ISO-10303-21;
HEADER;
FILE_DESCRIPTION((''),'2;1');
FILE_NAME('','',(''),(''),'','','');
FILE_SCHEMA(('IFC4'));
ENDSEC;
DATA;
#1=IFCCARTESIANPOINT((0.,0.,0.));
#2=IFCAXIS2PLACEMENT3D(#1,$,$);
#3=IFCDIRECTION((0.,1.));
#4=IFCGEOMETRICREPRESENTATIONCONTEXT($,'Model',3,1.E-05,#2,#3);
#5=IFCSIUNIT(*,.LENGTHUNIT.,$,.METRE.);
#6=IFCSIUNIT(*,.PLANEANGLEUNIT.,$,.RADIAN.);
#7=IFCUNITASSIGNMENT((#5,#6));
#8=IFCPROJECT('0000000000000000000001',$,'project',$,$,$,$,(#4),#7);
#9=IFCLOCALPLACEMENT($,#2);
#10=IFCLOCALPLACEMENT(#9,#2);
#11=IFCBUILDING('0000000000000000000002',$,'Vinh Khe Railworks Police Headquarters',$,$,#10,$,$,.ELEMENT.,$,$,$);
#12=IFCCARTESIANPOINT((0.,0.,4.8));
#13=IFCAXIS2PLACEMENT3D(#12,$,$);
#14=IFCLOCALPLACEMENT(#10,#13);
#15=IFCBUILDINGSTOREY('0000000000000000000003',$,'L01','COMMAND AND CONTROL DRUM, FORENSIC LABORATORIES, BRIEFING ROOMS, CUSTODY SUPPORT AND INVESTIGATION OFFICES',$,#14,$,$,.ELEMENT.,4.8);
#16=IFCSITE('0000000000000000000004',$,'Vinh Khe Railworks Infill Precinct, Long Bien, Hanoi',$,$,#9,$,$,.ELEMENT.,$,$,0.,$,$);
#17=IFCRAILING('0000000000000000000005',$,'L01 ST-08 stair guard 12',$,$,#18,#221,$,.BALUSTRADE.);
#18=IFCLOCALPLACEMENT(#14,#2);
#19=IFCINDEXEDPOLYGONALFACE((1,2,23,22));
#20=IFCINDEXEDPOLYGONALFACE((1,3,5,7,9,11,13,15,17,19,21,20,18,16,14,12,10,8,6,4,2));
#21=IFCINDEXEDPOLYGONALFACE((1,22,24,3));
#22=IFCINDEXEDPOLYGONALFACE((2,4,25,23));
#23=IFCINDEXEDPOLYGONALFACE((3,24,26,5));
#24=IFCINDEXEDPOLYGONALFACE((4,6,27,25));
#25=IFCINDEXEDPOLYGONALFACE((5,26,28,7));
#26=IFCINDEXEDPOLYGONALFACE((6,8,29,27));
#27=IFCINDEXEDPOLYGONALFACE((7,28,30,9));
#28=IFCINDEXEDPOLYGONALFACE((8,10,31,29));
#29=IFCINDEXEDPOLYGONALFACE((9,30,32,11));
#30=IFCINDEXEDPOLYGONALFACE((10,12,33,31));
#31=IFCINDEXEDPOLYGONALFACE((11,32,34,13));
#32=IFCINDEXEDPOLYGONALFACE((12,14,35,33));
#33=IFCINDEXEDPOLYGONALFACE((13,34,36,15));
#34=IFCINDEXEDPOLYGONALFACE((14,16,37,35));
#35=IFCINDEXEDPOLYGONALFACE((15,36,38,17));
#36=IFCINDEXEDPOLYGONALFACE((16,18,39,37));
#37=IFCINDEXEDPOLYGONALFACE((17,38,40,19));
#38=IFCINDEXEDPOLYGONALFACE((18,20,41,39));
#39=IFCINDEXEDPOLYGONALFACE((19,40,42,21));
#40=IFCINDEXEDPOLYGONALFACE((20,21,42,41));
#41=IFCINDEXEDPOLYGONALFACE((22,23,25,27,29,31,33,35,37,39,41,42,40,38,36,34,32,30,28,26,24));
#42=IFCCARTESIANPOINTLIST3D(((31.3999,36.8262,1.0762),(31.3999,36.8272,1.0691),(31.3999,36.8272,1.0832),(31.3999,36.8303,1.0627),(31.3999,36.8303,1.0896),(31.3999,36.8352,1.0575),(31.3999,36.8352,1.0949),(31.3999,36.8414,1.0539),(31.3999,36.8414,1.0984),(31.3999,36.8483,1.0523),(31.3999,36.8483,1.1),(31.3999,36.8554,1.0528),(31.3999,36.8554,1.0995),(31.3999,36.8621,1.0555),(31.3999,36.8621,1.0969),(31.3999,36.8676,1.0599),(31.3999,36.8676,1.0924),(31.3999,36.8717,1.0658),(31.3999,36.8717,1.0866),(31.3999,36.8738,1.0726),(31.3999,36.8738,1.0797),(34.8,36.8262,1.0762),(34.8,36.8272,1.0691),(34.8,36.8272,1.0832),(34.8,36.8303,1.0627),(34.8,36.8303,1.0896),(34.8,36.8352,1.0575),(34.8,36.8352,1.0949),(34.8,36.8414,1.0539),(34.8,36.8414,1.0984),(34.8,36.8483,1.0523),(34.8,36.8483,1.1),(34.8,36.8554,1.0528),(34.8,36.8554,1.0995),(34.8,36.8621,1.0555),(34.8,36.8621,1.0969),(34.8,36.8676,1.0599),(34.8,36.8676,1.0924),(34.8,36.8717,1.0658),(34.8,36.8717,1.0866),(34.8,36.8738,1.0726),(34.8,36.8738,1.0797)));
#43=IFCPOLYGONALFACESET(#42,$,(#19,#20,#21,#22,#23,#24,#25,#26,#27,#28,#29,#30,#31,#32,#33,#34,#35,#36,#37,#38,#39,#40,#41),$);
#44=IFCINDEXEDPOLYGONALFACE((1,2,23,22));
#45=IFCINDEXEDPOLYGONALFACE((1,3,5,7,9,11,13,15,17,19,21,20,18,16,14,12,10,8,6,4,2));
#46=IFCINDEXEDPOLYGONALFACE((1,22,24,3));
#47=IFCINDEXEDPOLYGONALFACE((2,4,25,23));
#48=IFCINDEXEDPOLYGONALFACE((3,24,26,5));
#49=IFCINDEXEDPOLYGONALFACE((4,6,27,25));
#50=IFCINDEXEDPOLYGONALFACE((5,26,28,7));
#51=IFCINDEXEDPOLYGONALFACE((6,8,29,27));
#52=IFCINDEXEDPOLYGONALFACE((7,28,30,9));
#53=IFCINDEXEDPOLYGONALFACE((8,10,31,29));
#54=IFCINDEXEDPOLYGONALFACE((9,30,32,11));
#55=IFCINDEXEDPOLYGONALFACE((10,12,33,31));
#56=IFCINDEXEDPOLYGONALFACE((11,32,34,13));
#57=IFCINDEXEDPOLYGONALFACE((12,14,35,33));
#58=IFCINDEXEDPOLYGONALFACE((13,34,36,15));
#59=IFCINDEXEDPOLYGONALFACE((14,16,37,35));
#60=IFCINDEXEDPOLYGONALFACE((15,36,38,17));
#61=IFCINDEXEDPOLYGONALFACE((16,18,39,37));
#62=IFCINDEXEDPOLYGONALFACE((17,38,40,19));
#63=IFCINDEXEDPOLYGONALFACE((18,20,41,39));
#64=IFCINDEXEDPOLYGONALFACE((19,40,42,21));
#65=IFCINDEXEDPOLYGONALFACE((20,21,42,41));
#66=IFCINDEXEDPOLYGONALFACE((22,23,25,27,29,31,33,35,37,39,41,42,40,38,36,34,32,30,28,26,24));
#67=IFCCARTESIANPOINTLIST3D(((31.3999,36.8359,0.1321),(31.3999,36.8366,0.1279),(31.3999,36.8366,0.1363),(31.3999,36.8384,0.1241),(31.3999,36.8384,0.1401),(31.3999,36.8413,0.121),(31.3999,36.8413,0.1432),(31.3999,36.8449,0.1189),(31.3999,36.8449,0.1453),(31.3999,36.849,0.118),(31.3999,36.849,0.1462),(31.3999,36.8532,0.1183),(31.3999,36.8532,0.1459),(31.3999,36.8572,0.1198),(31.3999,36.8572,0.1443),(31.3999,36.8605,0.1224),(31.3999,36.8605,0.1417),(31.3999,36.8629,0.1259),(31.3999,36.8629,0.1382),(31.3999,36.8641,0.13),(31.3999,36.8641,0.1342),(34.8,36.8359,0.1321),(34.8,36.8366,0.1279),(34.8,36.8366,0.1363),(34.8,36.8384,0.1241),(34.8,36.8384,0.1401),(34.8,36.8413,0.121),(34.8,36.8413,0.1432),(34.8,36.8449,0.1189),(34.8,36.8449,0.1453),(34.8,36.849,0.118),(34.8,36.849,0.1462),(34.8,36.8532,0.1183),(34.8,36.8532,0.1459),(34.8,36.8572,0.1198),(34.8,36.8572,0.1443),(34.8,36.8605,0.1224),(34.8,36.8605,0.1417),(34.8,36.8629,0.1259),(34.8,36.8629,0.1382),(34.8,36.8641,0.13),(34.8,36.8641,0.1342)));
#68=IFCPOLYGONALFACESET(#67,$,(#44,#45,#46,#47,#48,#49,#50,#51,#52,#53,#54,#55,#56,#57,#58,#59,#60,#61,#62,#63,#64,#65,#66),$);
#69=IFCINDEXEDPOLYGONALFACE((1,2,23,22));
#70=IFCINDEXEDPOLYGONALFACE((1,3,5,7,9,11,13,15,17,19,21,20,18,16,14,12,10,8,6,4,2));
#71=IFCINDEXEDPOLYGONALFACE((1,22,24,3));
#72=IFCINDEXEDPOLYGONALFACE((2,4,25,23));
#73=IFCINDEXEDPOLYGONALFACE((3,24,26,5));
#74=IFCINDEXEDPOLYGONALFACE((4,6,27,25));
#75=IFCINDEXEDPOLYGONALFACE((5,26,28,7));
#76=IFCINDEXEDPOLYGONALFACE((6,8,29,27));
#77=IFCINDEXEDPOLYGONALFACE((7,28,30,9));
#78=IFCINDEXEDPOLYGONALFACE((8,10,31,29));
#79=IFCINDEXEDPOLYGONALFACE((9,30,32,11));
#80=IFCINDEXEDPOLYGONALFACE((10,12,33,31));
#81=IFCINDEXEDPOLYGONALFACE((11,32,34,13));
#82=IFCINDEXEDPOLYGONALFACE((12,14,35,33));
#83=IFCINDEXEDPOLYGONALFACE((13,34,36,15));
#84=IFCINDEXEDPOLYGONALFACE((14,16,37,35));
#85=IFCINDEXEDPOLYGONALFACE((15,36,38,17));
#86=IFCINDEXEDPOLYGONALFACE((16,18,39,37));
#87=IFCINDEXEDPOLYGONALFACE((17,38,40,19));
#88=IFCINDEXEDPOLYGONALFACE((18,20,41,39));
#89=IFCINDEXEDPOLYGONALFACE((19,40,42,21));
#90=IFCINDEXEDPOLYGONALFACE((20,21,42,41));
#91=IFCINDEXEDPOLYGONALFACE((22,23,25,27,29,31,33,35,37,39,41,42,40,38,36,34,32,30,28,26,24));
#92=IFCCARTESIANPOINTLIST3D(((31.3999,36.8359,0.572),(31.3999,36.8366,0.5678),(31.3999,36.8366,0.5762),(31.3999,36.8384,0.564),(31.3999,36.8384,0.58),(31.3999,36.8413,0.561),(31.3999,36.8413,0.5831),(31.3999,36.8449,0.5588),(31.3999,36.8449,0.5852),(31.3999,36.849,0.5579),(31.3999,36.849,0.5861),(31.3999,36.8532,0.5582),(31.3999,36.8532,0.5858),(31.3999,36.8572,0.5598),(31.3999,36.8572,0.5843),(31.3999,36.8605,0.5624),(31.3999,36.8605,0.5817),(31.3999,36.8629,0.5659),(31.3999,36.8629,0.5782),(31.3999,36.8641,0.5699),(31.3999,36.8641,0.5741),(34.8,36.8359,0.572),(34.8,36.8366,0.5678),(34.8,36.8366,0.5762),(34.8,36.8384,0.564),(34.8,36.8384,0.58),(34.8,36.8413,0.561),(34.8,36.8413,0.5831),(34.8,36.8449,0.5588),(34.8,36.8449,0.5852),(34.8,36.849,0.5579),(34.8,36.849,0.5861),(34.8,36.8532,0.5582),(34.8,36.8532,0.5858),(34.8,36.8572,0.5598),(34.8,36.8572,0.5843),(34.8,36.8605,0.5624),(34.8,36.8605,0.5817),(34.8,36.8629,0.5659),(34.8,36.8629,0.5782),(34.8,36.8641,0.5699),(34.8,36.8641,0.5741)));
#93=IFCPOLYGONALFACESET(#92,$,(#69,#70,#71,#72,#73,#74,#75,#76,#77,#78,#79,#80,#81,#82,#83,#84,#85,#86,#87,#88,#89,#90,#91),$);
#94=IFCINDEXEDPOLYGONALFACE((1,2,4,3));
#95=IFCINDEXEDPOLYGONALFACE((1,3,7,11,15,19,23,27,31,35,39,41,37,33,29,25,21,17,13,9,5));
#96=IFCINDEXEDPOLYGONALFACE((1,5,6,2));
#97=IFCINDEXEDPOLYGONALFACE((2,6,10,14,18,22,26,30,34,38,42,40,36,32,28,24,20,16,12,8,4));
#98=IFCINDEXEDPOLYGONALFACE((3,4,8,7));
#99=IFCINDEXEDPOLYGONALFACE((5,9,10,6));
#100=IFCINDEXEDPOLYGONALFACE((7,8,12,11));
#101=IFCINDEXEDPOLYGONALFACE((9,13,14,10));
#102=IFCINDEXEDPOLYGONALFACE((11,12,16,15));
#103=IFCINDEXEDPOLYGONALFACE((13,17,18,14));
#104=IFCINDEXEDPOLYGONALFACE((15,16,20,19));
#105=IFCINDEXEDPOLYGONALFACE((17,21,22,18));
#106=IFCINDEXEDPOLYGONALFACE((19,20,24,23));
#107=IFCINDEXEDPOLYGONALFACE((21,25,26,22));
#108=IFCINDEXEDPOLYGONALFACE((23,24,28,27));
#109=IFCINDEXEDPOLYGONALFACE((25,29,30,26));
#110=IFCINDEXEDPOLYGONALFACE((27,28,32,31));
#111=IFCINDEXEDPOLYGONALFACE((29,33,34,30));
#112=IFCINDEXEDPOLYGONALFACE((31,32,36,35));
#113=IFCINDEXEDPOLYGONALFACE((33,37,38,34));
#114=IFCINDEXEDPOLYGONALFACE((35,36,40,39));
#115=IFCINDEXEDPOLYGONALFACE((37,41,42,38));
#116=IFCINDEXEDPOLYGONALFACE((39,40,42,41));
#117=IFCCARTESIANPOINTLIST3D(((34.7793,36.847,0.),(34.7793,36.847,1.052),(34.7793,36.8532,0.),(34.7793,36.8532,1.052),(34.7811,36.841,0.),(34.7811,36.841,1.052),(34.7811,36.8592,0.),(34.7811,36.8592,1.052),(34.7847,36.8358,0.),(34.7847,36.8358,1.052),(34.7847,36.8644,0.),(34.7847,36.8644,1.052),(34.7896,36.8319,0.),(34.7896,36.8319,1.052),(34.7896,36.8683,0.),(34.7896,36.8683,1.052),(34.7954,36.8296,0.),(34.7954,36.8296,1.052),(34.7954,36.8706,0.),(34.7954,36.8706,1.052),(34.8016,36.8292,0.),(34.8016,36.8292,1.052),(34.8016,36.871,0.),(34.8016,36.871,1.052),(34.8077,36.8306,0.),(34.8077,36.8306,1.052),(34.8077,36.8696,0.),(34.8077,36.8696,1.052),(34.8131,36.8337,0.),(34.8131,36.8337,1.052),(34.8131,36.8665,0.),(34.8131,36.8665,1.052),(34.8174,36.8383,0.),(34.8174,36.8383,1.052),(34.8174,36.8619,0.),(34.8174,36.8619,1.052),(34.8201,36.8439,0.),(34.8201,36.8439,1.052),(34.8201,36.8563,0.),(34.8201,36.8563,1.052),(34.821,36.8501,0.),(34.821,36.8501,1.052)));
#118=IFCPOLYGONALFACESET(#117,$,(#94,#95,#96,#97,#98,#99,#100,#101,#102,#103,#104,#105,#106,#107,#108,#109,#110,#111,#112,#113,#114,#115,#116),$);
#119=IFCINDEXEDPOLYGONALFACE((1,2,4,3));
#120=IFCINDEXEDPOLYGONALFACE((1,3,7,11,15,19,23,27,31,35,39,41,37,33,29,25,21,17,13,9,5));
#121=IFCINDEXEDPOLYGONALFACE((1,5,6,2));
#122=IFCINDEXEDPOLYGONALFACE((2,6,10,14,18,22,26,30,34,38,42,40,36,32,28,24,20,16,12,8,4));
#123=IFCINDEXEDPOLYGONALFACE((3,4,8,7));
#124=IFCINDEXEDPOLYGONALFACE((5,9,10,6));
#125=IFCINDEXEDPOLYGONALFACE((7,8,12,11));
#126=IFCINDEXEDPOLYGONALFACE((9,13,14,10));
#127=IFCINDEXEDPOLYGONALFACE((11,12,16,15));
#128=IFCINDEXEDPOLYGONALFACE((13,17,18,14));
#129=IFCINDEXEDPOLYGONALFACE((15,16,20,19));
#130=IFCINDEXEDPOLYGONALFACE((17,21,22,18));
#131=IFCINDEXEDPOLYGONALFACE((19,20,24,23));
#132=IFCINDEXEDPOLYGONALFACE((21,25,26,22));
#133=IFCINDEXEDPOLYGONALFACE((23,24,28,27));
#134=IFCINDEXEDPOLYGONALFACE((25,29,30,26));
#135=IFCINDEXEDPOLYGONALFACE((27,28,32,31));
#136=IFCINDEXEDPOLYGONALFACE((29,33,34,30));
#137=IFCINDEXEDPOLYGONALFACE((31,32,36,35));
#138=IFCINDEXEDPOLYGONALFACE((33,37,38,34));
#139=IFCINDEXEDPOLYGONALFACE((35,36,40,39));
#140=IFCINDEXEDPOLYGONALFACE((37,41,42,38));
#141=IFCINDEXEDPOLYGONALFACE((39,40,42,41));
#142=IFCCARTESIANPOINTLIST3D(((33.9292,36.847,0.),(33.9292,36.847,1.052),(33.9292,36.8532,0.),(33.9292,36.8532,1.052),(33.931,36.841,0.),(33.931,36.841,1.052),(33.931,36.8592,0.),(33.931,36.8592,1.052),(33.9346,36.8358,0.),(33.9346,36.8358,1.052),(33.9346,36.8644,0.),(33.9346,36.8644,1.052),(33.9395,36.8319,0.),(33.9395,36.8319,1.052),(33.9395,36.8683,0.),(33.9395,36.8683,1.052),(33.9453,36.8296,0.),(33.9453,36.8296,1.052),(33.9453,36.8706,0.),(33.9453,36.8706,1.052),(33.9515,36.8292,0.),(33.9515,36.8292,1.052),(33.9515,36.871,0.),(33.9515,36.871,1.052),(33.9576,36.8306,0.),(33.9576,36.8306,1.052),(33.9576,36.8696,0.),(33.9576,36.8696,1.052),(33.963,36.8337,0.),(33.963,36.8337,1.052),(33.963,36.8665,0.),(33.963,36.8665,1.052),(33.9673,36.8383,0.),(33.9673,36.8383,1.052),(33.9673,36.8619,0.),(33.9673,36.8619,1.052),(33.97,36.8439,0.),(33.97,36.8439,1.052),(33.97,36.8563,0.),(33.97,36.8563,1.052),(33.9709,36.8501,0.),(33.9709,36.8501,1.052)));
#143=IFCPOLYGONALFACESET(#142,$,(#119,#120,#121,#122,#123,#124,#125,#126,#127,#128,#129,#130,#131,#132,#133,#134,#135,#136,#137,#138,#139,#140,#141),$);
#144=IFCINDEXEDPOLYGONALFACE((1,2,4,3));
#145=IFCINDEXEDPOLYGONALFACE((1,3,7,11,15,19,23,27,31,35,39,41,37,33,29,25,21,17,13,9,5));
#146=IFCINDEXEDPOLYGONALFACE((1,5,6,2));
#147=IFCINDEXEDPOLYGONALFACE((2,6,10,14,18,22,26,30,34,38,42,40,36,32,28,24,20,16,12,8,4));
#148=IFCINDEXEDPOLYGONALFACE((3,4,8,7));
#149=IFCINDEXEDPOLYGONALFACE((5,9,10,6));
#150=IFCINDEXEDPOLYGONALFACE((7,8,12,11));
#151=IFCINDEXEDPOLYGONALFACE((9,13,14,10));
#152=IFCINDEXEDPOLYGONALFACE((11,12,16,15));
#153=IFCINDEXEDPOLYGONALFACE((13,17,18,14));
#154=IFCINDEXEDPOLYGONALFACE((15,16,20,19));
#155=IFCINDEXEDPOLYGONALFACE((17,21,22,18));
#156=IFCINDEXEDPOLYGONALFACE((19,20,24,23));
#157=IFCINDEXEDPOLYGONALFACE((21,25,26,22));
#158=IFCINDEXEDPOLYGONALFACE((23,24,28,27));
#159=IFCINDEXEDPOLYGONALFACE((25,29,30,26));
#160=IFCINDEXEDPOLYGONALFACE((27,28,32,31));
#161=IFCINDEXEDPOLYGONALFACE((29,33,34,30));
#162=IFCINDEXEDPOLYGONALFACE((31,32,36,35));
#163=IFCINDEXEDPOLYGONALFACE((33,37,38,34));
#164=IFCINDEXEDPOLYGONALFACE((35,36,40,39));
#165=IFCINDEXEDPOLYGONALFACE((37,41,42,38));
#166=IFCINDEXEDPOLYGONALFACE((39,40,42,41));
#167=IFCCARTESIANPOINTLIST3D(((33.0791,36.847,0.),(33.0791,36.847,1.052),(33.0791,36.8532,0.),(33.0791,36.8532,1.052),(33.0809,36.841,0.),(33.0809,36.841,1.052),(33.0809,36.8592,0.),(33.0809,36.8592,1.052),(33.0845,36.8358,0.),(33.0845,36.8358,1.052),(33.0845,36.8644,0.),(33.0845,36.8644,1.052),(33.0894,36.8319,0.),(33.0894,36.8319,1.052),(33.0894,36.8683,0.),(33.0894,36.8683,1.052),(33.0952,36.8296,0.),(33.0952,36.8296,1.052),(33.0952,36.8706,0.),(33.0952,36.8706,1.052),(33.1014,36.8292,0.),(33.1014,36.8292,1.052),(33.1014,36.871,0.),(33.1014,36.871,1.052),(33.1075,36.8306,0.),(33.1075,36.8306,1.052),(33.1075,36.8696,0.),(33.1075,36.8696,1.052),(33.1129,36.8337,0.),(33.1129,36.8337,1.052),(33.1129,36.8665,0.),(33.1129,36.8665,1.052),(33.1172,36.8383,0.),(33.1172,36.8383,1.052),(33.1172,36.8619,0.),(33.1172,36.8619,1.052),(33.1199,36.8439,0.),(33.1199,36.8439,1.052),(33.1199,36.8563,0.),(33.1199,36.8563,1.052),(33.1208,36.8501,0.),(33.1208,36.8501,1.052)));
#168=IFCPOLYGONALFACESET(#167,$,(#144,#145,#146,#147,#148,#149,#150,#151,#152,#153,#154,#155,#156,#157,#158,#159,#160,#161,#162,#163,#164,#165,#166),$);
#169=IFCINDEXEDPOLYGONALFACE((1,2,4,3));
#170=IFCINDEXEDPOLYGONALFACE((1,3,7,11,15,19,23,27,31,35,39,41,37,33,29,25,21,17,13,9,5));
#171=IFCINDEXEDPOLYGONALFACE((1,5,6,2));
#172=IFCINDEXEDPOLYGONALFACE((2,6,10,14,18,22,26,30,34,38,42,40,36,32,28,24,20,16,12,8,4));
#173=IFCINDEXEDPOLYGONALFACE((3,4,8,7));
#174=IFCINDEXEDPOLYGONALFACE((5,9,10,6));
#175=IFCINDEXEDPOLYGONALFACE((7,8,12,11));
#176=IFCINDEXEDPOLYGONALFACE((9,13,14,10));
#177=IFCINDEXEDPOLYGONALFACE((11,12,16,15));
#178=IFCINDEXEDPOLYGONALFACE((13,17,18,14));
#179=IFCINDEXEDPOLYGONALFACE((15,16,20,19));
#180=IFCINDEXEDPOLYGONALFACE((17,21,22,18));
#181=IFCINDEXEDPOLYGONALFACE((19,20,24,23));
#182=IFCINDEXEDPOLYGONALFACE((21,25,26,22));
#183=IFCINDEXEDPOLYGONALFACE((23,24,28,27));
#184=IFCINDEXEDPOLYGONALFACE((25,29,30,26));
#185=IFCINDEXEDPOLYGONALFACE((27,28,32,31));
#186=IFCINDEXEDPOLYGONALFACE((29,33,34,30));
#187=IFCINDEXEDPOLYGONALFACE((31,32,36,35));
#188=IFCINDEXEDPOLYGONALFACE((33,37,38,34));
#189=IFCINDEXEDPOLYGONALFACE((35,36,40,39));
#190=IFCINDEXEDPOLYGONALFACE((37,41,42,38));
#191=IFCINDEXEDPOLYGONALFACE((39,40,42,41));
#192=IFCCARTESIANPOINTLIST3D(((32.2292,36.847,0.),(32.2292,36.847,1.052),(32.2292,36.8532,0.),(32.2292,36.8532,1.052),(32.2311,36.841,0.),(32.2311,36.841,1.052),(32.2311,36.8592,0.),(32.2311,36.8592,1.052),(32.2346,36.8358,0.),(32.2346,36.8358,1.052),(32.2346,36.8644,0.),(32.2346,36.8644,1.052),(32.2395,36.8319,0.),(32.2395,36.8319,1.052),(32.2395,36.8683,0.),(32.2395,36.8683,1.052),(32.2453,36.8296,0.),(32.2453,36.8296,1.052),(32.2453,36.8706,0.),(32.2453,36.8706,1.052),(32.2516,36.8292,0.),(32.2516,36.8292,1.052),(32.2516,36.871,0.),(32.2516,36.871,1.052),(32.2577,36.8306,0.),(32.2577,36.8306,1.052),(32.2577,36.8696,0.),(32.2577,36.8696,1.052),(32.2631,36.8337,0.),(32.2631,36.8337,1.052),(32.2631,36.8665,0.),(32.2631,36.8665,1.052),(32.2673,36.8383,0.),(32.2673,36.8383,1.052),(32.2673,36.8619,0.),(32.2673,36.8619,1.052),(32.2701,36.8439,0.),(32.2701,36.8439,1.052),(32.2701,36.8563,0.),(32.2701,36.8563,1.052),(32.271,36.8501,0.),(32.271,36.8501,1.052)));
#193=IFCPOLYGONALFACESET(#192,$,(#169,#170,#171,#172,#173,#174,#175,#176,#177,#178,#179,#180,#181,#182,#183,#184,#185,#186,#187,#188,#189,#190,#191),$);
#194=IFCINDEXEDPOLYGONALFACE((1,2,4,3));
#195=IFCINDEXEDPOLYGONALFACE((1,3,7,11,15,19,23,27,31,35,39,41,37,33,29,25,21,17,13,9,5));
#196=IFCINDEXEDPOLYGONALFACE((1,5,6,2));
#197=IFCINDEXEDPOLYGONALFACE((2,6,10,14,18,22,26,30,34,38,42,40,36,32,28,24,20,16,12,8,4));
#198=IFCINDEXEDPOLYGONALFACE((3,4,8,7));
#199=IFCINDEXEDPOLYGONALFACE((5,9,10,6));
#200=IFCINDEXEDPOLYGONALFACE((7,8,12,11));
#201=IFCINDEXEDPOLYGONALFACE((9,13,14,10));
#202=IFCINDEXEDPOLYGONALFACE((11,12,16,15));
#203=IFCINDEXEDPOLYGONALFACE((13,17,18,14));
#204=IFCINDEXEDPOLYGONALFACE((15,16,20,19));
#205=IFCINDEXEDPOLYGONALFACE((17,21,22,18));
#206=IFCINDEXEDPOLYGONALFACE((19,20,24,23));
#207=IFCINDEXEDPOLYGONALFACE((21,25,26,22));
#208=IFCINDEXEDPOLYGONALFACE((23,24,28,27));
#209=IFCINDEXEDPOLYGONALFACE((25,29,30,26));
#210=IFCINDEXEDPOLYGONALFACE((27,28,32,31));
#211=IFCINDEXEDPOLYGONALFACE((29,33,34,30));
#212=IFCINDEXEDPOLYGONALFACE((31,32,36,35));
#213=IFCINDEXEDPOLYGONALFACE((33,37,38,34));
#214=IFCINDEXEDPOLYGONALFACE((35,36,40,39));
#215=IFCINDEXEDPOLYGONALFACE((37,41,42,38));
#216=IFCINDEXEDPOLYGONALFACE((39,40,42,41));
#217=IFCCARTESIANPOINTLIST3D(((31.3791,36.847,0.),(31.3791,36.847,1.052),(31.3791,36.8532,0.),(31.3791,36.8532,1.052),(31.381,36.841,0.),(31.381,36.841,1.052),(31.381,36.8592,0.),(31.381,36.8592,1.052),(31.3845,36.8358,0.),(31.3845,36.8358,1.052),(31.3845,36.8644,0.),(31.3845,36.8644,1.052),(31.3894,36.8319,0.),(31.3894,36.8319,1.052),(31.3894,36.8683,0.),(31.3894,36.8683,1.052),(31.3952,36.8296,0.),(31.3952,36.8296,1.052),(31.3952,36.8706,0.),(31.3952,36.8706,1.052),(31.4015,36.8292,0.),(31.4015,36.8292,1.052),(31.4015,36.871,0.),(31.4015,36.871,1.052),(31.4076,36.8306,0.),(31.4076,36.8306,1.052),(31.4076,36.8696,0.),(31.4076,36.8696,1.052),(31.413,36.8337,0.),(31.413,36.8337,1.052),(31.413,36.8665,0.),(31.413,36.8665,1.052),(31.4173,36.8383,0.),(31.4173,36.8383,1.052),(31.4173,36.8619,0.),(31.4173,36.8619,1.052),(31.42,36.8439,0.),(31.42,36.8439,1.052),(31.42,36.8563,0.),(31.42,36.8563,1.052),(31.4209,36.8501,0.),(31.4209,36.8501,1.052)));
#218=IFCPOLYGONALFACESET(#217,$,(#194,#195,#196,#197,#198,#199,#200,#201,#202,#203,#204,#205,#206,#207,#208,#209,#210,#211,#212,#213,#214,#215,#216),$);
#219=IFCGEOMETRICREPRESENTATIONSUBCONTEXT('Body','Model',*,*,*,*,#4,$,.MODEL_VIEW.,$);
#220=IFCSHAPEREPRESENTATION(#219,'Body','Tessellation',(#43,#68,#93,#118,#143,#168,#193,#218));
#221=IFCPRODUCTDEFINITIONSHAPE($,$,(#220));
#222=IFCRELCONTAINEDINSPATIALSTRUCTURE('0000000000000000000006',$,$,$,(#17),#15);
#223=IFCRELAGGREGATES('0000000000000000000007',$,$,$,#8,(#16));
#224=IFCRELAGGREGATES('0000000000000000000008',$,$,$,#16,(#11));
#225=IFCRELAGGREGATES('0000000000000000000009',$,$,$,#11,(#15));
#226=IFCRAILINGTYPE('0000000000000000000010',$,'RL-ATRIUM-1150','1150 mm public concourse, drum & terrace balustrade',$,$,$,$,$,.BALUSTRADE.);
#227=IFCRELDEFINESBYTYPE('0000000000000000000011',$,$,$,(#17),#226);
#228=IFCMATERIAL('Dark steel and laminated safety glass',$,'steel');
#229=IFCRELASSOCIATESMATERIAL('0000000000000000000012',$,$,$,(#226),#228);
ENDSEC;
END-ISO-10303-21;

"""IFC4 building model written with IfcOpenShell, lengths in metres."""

from ifc_helpers import new_model, si_unit, direction, frame, origin, origin_2d, place, context, subcontext, project, spatial, circle, extrude, material, type_object, element, save


model = new_model("IFC4")

# Units and contexts
model_context = context("Model", 3, precision=1e-05, world=origin(), true_north=direction((0.0, 1.0)))
body_context = subcontext(model_context, "Body", "Model", "MODEL_VIEW")
ifc_project = project(units=[si_unit("LENGTHUNIT", "METRE"), si_unit("PLANEANGLEUNIT", "RADIAN")], contexts=[model_context])

# Site, building, storey
site_placement = place(None, origin())
site = spatial("IfcSite", under=ifc_project, at=site_placement, Name="Vinh Khe Railworks Infill Precinct, Long Bien, Hanoi", CompositionType="ELEMENT", RefElevation=0.0)
building_placement = place(site_placement, origin())
building = spatial("IfcBuilding", under=site, at=building_placement, Name="Vinh Khe Railworks Police Headquarters", CompositionType="ELEMENT")
storey_placement = place(building_placement, frame((0.0, 0.0, 4.8)))
storey = spatial("IfcBuildingStorey", under=building, at=storey_placement, Name="L01", Description="COMMAND AND CONTROL DRUM, FORENSIC LABORATORIES, BRIEFING ROOMS, CUSTODY SUPPORT AND INVESTIGATION OFFICES", CompositionType="ELEMENT", Elevation=4.8)

# Railing
ifc_material_1 = material(Name="Dark steel and laminated safety glass", Category="steel")
railing_type_1 = type_object("IfcRailingType", Name="RL-ATRIUM-1150", Description="1150 mm public concourse, drum & terrace balustrade", PredefinedType="BALUSTRADE", material=ifc_material_1)
railing_1_placement = place(storey_placement, frame((34.8, 36.8501, 0.0)))
element("IfcRailing", 1, at=railing_1_placement, inside=storey, type_object=railing_type_1, Name="L01 ST-08 stair guard 12", PredefinedType="BALUSTRADE", context=body_context, shape_type="SweptSolid", body=[
    extrude(circle(Radius=0.0239, at=origin_2d()), frame((0.0, 0.0, 1.0762), z_axis=(-1.0, 0.0, 0.0), x_axis=(0.0, -1.0, 0.0)), (0.0, 0.0, 1.0), 3.4001),
    extrude(circle(Radius=0.0142, at=origin_2d()), frame((0.0, 0.0, 0.1321), z_axis=(-1.0, 0.0, 0.0), x_axis=(0.0, -1.0, 0.0)), (0.0, 0.0, 1.0), 3.4001),
    extrude(circle(Radius=0.0142, at=origin_2d()), frame((0.0, 0.0, 0.572), z_axis=(-1.0, 0.0, 0.0), x_axis=(0.0, -1.0, 0.0)), (0.0, 0.0, 1.0), 3.4001),
    extrude(circle(Radius=0.021, at=origin_2d()), origin(), (0.0, 0.0, 1.0), 1.052),
    extrude(circle(Radius=0.021, at=origin_2d()), frame((-0.8501, 0.0, 0.0)), (0.0, 0.0, 1.0), 1.052),
    extrude(circle(Radius=0.021, at=origin_2d()), frame((-1.7002, 0.0, 0.0)), (0.0, 0.0, 1.0), 1.052),
    extrude(circle(Radius=0.021, at=origin_2d()), frame((-2.55, 0.0, 0.0)), (0.0, 0.0, 1.0), 1.052),
    extrude(circle(Radius=0.021, at=origin_2d()), frame((-3.4001, 0.0, 0.0)), (0.0, 0.0, 1.0), 1.052),
])

save(model, "model.ifc")
